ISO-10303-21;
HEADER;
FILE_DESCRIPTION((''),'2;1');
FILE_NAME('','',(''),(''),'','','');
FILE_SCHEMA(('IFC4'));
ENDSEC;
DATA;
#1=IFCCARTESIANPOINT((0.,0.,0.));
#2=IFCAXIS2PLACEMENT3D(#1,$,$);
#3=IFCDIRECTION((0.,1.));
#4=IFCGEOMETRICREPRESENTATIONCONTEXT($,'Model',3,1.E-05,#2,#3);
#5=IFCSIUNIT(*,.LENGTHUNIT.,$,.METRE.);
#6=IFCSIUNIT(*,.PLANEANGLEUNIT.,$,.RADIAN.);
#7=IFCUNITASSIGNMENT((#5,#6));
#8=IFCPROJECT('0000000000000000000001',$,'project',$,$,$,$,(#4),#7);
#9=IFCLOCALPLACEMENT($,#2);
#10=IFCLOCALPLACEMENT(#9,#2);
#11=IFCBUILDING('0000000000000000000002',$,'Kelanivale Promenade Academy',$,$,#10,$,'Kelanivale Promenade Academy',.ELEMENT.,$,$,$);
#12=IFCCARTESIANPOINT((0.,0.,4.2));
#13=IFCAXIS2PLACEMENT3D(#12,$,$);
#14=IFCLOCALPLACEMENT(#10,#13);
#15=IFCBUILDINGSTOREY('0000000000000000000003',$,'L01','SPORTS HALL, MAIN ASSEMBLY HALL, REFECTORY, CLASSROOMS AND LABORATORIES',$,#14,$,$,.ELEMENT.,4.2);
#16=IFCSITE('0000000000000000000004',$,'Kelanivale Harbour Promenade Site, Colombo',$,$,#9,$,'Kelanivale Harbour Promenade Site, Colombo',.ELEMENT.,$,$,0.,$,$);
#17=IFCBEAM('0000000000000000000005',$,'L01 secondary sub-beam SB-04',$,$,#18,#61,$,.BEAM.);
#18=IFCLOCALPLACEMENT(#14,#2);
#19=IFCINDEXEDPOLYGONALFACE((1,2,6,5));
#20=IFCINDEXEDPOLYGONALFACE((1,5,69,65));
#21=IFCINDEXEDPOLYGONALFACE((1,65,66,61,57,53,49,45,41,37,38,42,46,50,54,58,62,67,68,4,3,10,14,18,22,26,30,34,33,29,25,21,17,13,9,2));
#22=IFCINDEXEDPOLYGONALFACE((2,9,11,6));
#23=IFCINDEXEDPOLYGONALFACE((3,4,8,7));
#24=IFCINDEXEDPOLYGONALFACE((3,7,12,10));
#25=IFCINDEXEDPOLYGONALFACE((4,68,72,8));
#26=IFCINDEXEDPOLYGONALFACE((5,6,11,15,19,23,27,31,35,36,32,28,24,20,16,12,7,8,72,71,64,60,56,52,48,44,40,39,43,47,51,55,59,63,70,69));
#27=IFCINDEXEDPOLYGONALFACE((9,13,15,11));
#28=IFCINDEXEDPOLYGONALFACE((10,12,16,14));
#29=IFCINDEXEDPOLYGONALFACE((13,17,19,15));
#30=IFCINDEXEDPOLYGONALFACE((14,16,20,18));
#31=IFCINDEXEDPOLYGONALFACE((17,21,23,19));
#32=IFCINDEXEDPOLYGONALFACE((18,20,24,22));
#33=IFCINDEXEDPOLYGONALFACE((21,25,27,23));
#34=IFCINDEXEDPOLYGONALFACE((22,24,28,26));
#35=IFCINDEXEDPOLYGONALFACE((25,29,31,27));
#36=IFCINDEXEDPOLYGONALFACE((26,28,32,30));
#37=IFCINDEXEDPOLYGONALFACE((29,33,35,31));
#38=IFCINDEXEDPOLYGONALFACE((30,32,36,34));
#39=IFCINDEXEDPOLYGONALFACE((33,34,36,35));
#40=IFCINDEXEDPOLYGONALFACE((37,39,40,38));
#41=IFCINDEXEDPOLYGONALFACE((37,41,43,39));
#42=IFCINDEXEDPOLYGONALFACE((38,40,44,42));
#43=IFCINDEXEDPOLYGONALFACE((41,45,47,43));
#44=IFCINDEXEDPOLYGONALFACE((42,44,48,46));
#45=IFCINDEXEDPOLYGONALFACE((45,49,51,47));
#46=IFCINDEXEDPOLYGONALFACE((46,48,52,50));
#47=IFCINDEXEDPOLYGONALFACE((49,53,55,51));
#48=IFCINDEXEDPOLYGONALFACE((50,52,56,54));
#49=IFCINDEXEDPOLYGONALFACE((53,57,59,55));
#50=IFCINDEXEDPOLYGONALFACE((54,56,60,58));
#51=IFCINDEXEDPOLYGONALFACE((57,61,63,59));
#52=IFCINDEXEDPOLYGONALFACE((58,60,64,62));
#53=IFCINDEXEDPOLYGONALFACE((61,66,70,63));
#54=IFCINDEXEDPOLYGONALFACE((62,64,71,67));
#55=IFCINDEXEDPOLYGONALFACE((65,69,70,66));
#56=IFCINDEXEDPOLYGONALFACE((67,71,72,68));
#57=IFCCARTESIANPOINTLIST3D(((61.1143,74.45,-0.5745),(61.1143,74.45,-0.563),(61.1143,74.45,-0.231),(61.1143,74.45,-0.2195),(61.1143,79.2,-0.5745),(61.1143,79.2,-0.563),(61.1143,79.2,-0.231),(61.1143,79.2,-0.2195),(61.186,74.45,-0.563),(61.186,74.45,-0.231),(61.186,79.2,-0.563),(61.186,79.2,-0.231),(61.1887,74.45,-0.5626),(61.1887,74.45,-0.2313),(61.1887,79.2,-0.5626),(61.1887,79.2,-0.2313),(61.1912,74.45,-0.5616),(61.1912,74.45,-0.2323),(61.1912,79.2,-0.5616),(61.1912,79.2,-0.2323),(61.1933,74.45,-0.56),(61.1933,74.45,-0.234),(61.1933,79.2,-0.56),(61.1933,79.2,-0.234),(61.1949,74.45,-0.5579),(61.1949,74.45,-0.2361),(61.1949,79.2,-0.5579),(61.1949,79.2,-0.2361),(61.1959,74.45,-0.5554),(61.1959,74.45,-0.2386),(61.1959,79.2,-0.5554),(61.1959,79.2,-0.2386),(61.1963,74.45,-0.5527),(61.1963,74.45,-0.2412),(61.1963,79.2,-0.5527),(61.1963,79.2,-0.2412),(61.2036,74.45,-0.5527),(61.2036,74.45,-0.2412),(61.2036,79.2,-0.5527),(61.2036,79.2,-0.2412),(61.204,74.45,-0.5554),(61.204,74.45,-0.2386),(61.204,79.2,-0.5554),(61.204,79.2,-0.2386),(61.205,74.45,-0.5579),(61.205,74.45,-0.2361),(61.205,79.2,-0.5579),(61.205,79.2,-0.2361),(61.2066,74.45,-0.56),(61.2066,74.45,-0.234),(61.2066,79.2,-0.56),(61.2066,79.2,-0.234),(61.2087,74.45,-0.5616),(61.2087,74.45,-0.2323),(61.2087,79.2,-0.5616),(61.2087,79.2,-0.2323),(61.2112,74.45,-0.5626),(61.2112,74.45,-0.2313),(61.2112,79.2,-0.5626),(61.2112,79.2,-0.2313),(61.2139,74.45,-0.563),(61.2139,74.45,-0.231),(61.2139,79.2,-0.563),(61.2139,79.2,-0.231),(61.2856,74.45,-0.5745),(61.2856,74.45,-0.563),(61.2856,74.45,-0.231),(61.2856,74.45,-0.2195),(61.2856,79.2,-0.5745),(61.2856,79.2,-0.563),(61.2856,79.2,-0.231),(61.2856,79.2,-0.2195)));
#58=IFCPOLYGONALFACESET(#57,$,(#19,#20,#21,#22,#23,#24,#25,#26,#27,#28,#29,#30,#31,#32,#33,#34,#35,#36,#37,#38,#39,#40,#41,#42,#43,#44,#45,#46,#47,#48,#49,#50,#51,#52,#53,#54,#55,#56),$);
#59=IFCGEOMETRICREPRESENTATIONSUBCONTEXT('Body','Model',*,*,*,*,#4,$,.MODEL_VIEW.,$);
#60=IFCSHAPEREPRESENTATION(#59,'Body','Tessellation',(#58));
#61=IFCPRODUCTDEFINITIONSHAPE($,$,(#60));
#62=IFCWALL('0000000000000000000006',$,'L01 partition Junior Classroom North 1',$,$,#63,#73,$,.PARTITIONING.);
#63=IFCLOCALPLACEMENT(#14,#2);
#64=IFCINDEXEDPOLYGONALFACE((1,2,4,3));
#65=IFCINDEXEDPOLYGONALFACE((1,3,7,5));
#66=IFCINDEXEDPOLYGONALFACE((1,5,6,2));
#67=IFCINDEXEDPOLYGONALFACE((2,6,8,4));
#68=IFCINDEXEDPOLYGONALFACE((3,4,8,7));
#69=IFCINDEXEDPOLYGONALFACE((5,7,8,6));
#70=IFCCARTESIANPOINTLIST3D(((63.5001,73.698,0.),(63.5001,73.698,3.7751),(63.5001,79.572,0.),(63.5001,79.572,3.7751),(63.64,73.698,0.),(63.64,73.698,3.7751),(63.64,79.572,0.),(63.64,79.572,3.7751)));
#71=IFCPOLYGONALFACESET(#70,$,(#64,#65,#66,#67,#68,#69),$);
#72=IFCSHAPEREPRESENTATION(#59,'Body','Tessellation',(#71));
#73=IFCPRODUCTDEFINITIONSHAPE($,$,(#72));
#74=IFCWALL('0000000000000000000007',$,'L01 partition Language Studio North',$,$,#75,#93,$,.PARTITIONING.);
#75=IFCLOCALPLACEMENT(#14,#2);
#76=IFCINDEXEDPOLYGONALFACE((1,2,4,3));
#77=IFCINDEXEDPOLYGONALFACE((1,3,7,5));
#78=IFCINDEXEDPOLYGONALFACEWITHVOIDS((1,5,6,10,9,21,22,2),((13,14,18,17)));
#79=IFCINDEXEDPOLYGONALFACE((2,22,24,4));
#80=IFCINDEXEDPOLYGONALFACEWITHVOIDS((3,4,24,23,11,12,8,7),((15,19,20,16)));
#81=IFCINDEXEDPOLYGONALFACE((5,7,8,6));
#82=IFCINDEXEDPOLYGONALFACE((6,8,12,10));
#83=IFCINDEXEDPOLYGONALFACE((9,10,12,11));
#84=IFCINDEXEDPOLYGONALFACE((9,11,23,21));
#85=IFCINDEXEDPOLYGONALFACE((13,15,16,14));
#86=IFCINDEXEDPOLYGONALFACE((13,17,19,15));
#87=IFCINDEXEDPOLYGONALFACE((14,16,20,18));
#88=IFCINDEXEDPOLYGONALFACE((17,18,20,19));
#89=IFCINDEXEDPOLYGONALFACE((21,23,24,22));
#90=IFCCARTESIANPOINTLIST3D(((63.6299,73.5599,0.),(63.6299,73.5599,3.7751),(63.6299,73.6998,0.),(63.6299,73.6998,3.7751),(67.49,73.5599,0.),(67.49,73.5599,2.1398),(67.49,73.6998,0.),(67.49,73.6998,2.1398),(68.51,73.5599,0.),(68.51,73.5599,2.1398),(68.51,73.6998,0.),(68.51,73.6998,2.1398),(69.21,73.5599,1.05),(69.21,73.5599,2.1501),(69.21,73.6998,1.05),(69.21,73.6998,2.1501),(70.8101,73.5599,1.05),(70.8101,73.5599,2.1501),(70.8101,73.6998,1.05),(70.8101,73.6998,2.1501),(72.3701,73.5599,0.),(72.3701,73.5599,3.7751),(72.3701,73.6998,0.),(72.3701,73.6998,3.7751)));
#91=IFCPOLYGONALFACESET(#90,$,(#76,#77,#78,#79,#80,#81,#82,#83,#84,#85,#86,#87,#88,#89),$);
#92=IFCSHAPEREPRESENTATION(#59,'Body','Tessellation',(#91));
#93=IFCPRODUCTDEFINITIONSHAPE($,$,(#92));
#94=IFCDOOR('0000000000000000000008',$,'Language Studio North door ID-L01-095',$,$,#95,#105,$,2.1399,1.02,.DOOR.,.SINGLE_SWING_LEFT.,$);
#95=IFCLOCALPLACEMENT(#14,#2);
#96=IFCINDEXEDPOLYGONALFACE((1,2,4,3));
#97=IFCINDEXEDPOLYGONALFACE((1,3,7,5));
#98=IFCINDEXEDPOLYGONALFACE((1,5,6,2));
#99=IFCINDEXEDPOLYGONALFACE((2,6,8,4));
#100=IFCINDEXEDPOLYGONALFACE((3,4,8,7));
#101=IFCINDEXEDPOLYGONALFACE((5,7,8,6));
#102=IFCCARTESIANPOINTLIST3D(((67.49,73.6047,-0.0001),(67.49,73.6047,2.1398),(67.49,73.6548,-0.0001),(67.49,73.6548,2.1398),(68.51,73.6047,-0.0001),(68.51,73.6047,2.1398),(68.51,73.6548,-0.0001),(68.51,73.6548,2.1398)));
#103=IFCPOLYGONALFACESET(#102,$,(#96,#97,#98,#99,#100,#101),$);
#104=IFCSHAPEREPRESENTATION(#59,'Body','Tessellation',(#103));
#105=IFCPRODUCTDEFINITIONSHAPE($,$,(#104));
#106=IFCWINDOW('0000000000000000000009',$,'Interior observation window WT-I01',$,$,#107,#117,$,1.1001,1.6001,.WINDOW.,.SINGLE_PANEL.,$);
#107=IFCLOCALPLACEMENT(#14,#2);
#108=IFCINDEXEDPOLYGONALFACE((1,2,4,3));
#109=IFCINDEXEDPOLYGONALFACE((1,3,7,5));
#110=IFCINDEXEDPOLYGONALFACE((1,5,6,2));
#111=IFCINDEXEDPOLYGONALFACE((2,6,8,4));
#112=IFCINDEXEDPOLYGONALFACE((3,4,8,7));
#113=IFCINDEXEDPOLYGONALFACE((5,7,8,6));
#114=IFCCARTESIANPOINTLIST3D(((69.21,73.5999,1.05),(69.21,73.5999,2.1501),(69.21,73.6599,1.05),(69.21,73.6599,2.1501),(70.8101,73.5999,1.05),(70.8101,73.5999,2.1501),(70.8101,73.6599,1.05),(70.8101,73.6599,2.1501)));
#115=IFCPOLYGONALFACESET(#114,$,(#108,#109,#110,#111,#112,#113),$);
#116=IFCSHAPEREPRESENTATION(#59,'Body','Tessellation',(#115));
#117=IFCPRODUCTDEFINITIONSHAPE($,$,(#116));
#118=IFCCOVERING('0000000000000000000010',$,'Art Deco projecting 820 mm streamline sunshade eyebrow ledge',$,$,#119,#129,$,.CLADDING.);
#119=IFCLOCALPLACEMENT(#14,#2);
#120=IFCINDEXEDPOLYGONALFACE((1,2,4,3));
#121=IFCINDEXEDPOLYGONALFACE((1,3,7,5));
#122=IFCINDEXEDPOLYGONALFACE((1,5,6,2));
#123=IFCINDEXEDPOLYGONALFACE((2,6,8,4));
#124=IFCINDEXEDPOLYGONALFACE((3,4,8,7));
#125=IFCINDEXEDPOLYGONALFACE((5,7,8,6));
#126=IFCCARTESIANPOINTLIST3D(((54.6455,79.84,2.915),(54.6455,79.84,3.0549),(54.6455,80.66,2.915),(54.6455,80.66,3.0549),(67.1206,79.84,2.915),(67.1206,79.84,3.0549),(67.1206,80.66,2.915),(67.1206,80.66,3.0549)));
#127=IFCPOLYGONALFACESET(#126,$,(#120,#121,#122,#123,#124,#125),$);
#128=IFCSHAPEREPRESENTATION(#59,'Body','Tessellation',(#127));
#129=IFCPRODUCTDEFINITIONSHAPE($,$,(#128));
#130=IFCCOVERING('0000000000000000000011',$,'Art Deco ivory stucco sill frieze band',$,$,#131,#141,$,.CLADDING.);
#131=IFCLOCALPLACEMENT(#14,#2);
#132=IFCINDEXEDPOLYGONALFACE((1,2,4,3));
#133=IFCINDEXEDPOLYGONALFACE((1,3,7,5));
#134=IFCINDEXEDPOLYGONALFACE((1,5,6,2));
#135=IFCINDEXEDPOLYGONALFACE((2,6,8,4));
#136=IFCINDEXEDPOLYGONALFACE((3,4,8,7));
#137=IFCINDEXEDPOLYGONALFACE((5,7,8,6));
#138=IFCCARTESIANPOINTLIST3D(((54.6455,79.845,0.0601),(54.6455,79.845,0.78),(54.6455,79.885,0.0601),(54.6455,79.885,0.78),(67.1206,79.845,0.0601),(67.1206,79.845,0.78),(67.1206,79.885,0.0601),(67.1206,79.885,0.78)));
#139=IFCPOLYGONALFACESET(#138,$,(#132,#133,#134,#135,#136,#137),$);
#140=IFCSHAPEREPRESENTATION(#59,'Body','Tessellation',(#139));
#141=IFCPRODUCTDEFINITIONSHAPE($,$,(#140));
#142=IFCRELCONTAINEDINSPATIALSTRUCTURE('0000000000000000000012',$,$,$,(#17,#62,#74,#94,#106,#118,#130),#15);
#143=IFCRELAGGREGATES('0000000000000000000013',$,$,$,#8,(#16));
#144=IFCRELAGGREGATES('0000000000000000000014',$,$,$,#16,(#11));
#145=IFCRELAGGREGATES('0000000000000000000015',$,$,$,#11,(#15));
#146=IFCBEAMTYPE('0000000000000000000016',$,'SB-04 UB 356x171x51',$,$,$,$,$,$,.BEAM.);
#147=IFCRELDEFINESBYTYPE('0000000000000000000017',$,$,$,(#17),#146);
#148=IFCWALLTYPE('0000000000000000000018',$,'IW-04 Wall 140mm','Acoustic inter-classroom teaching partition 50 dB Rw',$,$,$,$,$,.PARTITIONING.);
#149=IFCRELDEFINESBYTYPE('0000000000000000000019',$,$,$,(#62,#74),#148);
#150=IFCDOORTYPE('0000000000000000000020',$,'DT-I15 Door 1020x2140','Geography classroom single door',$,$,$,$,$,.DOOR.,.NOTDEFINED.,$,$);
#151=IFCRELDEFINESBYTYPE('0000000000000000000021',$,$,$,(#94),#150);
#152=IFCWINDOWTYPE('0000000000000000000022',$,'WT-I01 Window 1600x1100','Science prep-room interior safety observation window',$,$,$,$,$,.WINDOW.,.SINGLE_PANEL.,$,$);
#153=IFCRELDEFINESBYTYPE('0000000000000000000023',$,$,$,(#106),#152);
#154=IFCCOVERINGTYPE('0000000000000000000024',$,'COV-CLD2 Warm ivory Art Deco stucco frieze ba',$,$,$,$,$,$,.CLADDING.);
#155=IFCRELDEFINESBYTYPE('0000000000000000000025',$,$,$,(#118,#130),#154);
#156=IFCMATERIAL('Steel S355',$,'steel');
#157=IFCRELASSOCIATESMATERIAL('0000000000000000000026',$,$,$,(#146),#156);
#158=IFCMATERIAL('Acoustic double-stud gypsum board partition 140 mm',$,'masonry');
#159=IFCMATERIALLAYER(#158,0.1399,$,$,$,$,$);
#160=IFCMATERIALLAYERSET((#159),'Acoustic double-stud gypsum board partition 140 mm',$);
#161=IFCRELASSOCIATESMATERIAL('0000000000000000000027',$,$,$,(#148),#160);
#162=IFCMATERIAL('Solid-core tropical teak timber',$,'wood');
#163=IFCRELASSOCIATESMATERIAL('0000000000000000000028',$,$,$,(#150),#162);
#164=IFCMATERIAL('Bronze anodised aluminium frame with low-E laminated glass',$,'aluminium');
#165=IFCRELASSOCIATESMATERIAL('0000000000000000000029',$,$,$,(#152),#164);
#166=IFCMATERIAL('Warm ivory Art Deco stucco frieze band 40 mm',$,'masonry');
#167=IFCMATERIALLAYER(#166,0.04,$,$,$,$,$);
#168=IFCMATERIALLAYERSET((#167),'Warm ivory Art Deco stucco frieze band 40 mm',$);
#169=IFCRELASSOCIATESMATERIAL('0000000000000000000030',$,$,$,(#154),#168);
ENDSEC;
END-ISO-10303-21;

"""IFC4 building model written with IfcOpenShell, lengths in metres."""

from ifc_helpers import new_model, si_unit, direction, frame, frame_2d, origin, origin_2d, place, context, subcontext, project, spatial, rectangle, i_section, extrude, material, layer, layer_set, material_profile, profile_set, type_object, element, fill, save


model = new_model("IFC4")

# Units and contexts
model_context = context("Model", 3, precision=1e-05, world=origin(), true_north=direction((0.0, 1.0)))
body_context = subcontext(model_context, "Body", "Model", "MODEL_VIEW")
ifc_project = project(units=[si_unit("LENGTHUNIT", "METRE"), si_unit("PLANEANGLEUNIT", "RADIAN")], contexts=[model_context])

# Site, building, storey
site_placement = place(None, origin())
site = spatial("IfcSite", under=ifc_project, at=site_placement, Name="Kelanivale Harbour Promenade Site, Colombo", LongName="Kelanivale Harbour Promenade Site, Colombo", CompositionType="ELEMENT", RefElevation=0.0)
building_placement = place(site_placement, origin())
building = spatial("IfcBuilding", under=site, at=building_placement, Name="Kelanivale Promenade Academy", LongName="Kelanivale Promenade Academy", CompositionType="ELEMENT")
storey_placement = place(building_placement, frame((0.0, 0.0, 4.2)))
storey = spatial("IfcBuildingStorey", under=building, at=storey_placement, Name="L01", Description="SPORTS HALL, MAIN ASSEMBLY HALL, REFECTORY, CLASSROOMS AND LABORATORIES", CompositionType="ELEMENT", Elevation=4.2)

# Beam
ifc_material_1 = material(Name="Steel S355", Category="steel")
ifc_material_profile_1 = material_profile(ifc_material_1, i_section(OverallWidth=0.1714, OverallDepth=0.355, WebThickness=0.0073, FlangeThickness=0.0115, FilletRadius=0.0103, at=origin_2d()), Name="UB 356x171x51")
ifc_profile_set_1 = profile_set([ifc_material_profile_1], Name="Steel S355")
beam_type_1 = type_object("IfcBeamType", Name="SB-04 UB 356x171x51", PredefinedType="BEAM", material=ifc_profile_set_1)
beam_1_placement = place(storey_placement, frame((61.2, 74.45, -0.397), z_axis=(0.0, 1.0, 0.0), x_axis=(-1.0, 0.0, 0.0)))
element("IfcBeam", 1, at=beam_1_placement, inside=storey, type_object=beam_type_1, Name="L01 secondary sub-beam SB-04", PredefinedType="BEAM", context=body_context, shape_type="SweptSolid", body=[
    extrude(i_section(OverallWidth=0.1714, OverallDepth=0.355, WebThickness=0.0073, FlangeThickness=0.0115, FilletRadius=0.0103, at=origin_2d()), origin(), (0.0, 0.0, 1.0), 4.75),
])

# Wall
ifc_material_2 = material(Name="Acoustic double-stud gypsum board partition 140 mm", Category="masonry")
ifc_layer_1 = layer(ifc_material_2, 0.1399)
ifc_layer_set_1 = layer_set([ifc_layer_1], Name="Acoustic double-stud gypsum board partition 140 mm")
wall_type = type_object("IfcWallType", Name="IW-04 Wall 140mm", Description="Acoustic inter-classroom teaching partition 50 dB Rw", PredefinedType="PARTITIONING", material=ifc_layer_set_1)
wall_1_placement = place(storey_placement, frame((63.5701, 73.698, 0.0), z_axis=(0.0, 0.0, 1.0), x_axis=(0.0, 1.0, 0.0)))
element("IfcWall", 2, at=wall_1_placement, inside=storey, type_object=wall_type, Name="L01 partition Junior Classroom North 1", PredefinedType="PARTITIONING", context=body_context, shape_type="SweptSolid", body=[
    extrude(rectangle(XDim=5.874, YDim=0.1399, at=frame_2d((2.937, 0.0))), origin(), (0.0, 0.0, 1.0), 3.7751),
])

# Wall, openings, door, window
wall_2_placement = place(storey_placement, frame((63.6299, 73.6299, 0.0), z_axis=(0.0, 0.0, 1.0), x_axis=(1.0, 0.0, 0.0)))
wall_2 = element("IfcWall", 3, at=wall_2_placement, inside=storey, type_object=wall_type, Name="L01 partition Language Studio North", PredefinedType="PARTITIONING", context=body_context, shape_type="SweptSolid", body=[
    extrude(rectangle(XDim=8.7402, YDim=0.1399, at=frame_2d((4.3701, 0.0))), origin(), (0.0, 0.0, 1.0), 3.7751),
])
opening_1_placement = place(wall_2_placement, frame((3.8601, 0.0, 0.0)))
opening_1 = element("IfcOpeningElement", 4, at=opening_1_placement, cuts=wall_2, PredefinedType="OPENING", context=body_context, shape_type="SweptSolid", body=[
    extrude(rectangle(XDim=1.02, YDim=2.1399, at=frame_2d((0.51, 1.0698))), frame((0.0, 0.0801, 0.0), z_axis=(0.0, -1.0, 0.0), x_axis=(1.0, 0.0, 0.0)), (0.0, 0.0, 1.0), 0.1599),
])
opening_2_placement = place(wall_2_placement, frame((5.5801, 0.0, 1.05)))
opening_2 = element("IfcOpeningElement", 5, at=opening_2_placement, cuts=wall_2, PredefinedType="OPENING", context=body_context, shape_type="SweptSolid", body=[
    extrude(rectangle(XDim=1.6001, YDim=1.1001, at=frame_2d((0.8, 0.55))), frame((0.0, 0.0801, 0.0), z_axis=(0.0, -1.0, 0.0), x_axis=(1.0, 0.0, 0.0)), (0.0, 0.0, 1.0), 0.1599),
])
ifc_material_3 = material(Name="Solid-core tropical teak timber", Category="wood")
door_type = type_object("IfcDoorType", Name="DT-I15 Door 1020x2140", Description="Geography classroom single door", OperationType="NOTDEFINED", PredefinedType="DOOR", material=ifc_material_3)
door_placement = place(opening_1_placement, origin())
door = element("IfcDoor", 6, at=door_placement, inside=storey, type_object=door_type, Name="Language Studio North door ID-L01-095", OperationType="SINGLE_SWING_LEFT", OverallHeight=2.1399, OverallWidth=1.02, PredefinedType="DOOR", context=body_context, shape_type="SweptSolid", body=[
    extrude(rectangle(XDim=1.02, YDim=2.1399, at=frame_2d((0.51, 1.0698))), frame((0.0, 0.0249, 0.0), z_axis=(0.0, -1.0, 0.0), x_axis=(1.0, 0.0, 0.0)), (0.0, 0.0, 1.0), 0.05),
])
fill(opening_1, door)
ifc_material_4 = material(Name="Bronze anodised aluminium frame with low-E laminated glass", Category="aluminium")
window_type = type_object("IfcWindowType", Name="WT-I01 Window 1600x1100", Description="Science prep-room interior safety observation window", PartitioningType="SINGLE_PANEL", PredefinedType="WINDOW", material=ifc_material_4)
window_placement = place(opening_2_placement, origin())
window = element("IfcWindow", 7, at=window_placement, inside=storey, type_object=window_type, Name="Interior observation window WT-I01", OverallHeight=1.1001, OverallWidth=1.6001, PartitioningType="SINGLE_PANEL", PredefinedType="WINDOW", context=body_context, shape_type="SweptSolid", body=[
    extrude(rectangle(XDim=1.6001, YDim=1.1001, at=frame_2d((0.8, 0.55))), frame((0.0, 0.03, 0.0), z_axis=(0.0, -1.0, 0.0), x_axis=(1.0, 0.0, 0.0)), (0.0, 0.0, 1.0), 0.0601),
])
fill(opening_2, window)

# Coverings
ifc_material_5 = material(Name="Warm ivory Art Deco stucco frieze band 40 mm", Category="masonry")
ifc_layer_2 = layer(ifc_material_5, 0.04)
ifc_layer_set_2 = layer_set([ifc_layer_2], Name="Warm ivory Art Deco stucco frieze band 40 mm")
covering_type = type_object("IfcCoveringType", Name="COV-CLD2 Warm ivory Art Deco stucco frieze ba", PredefinedType="CLADDING", material=ifc_layer_set_2)
covering_1_placement = place(storey_placement, frame((60.8831, 80.25, 2.915), z_axis=(0.0, 0.0, 1.0), x_axis=(-1.0, 0.0, 0.0)))
element("IfcCovering", 8, at=covering_1_placement, inside=storey, type_object=covering_type, Name="Art Deco projecting 820 mm streamline sunshade eyebrow ledge", PredefinedType="CLADDING", context=body_context, shape_type="SweptSolid", body=[
    extrude(rectangle(XDim=12.4751, YDim=0.8201, at=origin_2d()), origin(), (0.0, 0.0, 1.0), 0.1399),
])
covering_2_placement = place(storey_placement, frame((60.8831, 79.865, 0.0601), z_axis=(0.0, 0.0, 1.0), x_axis=(-1.0, 0.0, 0.0)))
element("IfcCovering", 9, at=covering_2_placement, inside=storey, type_object=covering_type, Name="Art Deco ivory stucco sill frieze band", PredefinedType="CLADDING", context=body_context, shape_type="SweptSolid", body=[
    extrude(rectangle(XDim=12.4751, YDim=0.04, at=origin_2d()), origin(), (0.0, 0.0, 1.0), 0.72),
])

save(model, "model.ifc")
